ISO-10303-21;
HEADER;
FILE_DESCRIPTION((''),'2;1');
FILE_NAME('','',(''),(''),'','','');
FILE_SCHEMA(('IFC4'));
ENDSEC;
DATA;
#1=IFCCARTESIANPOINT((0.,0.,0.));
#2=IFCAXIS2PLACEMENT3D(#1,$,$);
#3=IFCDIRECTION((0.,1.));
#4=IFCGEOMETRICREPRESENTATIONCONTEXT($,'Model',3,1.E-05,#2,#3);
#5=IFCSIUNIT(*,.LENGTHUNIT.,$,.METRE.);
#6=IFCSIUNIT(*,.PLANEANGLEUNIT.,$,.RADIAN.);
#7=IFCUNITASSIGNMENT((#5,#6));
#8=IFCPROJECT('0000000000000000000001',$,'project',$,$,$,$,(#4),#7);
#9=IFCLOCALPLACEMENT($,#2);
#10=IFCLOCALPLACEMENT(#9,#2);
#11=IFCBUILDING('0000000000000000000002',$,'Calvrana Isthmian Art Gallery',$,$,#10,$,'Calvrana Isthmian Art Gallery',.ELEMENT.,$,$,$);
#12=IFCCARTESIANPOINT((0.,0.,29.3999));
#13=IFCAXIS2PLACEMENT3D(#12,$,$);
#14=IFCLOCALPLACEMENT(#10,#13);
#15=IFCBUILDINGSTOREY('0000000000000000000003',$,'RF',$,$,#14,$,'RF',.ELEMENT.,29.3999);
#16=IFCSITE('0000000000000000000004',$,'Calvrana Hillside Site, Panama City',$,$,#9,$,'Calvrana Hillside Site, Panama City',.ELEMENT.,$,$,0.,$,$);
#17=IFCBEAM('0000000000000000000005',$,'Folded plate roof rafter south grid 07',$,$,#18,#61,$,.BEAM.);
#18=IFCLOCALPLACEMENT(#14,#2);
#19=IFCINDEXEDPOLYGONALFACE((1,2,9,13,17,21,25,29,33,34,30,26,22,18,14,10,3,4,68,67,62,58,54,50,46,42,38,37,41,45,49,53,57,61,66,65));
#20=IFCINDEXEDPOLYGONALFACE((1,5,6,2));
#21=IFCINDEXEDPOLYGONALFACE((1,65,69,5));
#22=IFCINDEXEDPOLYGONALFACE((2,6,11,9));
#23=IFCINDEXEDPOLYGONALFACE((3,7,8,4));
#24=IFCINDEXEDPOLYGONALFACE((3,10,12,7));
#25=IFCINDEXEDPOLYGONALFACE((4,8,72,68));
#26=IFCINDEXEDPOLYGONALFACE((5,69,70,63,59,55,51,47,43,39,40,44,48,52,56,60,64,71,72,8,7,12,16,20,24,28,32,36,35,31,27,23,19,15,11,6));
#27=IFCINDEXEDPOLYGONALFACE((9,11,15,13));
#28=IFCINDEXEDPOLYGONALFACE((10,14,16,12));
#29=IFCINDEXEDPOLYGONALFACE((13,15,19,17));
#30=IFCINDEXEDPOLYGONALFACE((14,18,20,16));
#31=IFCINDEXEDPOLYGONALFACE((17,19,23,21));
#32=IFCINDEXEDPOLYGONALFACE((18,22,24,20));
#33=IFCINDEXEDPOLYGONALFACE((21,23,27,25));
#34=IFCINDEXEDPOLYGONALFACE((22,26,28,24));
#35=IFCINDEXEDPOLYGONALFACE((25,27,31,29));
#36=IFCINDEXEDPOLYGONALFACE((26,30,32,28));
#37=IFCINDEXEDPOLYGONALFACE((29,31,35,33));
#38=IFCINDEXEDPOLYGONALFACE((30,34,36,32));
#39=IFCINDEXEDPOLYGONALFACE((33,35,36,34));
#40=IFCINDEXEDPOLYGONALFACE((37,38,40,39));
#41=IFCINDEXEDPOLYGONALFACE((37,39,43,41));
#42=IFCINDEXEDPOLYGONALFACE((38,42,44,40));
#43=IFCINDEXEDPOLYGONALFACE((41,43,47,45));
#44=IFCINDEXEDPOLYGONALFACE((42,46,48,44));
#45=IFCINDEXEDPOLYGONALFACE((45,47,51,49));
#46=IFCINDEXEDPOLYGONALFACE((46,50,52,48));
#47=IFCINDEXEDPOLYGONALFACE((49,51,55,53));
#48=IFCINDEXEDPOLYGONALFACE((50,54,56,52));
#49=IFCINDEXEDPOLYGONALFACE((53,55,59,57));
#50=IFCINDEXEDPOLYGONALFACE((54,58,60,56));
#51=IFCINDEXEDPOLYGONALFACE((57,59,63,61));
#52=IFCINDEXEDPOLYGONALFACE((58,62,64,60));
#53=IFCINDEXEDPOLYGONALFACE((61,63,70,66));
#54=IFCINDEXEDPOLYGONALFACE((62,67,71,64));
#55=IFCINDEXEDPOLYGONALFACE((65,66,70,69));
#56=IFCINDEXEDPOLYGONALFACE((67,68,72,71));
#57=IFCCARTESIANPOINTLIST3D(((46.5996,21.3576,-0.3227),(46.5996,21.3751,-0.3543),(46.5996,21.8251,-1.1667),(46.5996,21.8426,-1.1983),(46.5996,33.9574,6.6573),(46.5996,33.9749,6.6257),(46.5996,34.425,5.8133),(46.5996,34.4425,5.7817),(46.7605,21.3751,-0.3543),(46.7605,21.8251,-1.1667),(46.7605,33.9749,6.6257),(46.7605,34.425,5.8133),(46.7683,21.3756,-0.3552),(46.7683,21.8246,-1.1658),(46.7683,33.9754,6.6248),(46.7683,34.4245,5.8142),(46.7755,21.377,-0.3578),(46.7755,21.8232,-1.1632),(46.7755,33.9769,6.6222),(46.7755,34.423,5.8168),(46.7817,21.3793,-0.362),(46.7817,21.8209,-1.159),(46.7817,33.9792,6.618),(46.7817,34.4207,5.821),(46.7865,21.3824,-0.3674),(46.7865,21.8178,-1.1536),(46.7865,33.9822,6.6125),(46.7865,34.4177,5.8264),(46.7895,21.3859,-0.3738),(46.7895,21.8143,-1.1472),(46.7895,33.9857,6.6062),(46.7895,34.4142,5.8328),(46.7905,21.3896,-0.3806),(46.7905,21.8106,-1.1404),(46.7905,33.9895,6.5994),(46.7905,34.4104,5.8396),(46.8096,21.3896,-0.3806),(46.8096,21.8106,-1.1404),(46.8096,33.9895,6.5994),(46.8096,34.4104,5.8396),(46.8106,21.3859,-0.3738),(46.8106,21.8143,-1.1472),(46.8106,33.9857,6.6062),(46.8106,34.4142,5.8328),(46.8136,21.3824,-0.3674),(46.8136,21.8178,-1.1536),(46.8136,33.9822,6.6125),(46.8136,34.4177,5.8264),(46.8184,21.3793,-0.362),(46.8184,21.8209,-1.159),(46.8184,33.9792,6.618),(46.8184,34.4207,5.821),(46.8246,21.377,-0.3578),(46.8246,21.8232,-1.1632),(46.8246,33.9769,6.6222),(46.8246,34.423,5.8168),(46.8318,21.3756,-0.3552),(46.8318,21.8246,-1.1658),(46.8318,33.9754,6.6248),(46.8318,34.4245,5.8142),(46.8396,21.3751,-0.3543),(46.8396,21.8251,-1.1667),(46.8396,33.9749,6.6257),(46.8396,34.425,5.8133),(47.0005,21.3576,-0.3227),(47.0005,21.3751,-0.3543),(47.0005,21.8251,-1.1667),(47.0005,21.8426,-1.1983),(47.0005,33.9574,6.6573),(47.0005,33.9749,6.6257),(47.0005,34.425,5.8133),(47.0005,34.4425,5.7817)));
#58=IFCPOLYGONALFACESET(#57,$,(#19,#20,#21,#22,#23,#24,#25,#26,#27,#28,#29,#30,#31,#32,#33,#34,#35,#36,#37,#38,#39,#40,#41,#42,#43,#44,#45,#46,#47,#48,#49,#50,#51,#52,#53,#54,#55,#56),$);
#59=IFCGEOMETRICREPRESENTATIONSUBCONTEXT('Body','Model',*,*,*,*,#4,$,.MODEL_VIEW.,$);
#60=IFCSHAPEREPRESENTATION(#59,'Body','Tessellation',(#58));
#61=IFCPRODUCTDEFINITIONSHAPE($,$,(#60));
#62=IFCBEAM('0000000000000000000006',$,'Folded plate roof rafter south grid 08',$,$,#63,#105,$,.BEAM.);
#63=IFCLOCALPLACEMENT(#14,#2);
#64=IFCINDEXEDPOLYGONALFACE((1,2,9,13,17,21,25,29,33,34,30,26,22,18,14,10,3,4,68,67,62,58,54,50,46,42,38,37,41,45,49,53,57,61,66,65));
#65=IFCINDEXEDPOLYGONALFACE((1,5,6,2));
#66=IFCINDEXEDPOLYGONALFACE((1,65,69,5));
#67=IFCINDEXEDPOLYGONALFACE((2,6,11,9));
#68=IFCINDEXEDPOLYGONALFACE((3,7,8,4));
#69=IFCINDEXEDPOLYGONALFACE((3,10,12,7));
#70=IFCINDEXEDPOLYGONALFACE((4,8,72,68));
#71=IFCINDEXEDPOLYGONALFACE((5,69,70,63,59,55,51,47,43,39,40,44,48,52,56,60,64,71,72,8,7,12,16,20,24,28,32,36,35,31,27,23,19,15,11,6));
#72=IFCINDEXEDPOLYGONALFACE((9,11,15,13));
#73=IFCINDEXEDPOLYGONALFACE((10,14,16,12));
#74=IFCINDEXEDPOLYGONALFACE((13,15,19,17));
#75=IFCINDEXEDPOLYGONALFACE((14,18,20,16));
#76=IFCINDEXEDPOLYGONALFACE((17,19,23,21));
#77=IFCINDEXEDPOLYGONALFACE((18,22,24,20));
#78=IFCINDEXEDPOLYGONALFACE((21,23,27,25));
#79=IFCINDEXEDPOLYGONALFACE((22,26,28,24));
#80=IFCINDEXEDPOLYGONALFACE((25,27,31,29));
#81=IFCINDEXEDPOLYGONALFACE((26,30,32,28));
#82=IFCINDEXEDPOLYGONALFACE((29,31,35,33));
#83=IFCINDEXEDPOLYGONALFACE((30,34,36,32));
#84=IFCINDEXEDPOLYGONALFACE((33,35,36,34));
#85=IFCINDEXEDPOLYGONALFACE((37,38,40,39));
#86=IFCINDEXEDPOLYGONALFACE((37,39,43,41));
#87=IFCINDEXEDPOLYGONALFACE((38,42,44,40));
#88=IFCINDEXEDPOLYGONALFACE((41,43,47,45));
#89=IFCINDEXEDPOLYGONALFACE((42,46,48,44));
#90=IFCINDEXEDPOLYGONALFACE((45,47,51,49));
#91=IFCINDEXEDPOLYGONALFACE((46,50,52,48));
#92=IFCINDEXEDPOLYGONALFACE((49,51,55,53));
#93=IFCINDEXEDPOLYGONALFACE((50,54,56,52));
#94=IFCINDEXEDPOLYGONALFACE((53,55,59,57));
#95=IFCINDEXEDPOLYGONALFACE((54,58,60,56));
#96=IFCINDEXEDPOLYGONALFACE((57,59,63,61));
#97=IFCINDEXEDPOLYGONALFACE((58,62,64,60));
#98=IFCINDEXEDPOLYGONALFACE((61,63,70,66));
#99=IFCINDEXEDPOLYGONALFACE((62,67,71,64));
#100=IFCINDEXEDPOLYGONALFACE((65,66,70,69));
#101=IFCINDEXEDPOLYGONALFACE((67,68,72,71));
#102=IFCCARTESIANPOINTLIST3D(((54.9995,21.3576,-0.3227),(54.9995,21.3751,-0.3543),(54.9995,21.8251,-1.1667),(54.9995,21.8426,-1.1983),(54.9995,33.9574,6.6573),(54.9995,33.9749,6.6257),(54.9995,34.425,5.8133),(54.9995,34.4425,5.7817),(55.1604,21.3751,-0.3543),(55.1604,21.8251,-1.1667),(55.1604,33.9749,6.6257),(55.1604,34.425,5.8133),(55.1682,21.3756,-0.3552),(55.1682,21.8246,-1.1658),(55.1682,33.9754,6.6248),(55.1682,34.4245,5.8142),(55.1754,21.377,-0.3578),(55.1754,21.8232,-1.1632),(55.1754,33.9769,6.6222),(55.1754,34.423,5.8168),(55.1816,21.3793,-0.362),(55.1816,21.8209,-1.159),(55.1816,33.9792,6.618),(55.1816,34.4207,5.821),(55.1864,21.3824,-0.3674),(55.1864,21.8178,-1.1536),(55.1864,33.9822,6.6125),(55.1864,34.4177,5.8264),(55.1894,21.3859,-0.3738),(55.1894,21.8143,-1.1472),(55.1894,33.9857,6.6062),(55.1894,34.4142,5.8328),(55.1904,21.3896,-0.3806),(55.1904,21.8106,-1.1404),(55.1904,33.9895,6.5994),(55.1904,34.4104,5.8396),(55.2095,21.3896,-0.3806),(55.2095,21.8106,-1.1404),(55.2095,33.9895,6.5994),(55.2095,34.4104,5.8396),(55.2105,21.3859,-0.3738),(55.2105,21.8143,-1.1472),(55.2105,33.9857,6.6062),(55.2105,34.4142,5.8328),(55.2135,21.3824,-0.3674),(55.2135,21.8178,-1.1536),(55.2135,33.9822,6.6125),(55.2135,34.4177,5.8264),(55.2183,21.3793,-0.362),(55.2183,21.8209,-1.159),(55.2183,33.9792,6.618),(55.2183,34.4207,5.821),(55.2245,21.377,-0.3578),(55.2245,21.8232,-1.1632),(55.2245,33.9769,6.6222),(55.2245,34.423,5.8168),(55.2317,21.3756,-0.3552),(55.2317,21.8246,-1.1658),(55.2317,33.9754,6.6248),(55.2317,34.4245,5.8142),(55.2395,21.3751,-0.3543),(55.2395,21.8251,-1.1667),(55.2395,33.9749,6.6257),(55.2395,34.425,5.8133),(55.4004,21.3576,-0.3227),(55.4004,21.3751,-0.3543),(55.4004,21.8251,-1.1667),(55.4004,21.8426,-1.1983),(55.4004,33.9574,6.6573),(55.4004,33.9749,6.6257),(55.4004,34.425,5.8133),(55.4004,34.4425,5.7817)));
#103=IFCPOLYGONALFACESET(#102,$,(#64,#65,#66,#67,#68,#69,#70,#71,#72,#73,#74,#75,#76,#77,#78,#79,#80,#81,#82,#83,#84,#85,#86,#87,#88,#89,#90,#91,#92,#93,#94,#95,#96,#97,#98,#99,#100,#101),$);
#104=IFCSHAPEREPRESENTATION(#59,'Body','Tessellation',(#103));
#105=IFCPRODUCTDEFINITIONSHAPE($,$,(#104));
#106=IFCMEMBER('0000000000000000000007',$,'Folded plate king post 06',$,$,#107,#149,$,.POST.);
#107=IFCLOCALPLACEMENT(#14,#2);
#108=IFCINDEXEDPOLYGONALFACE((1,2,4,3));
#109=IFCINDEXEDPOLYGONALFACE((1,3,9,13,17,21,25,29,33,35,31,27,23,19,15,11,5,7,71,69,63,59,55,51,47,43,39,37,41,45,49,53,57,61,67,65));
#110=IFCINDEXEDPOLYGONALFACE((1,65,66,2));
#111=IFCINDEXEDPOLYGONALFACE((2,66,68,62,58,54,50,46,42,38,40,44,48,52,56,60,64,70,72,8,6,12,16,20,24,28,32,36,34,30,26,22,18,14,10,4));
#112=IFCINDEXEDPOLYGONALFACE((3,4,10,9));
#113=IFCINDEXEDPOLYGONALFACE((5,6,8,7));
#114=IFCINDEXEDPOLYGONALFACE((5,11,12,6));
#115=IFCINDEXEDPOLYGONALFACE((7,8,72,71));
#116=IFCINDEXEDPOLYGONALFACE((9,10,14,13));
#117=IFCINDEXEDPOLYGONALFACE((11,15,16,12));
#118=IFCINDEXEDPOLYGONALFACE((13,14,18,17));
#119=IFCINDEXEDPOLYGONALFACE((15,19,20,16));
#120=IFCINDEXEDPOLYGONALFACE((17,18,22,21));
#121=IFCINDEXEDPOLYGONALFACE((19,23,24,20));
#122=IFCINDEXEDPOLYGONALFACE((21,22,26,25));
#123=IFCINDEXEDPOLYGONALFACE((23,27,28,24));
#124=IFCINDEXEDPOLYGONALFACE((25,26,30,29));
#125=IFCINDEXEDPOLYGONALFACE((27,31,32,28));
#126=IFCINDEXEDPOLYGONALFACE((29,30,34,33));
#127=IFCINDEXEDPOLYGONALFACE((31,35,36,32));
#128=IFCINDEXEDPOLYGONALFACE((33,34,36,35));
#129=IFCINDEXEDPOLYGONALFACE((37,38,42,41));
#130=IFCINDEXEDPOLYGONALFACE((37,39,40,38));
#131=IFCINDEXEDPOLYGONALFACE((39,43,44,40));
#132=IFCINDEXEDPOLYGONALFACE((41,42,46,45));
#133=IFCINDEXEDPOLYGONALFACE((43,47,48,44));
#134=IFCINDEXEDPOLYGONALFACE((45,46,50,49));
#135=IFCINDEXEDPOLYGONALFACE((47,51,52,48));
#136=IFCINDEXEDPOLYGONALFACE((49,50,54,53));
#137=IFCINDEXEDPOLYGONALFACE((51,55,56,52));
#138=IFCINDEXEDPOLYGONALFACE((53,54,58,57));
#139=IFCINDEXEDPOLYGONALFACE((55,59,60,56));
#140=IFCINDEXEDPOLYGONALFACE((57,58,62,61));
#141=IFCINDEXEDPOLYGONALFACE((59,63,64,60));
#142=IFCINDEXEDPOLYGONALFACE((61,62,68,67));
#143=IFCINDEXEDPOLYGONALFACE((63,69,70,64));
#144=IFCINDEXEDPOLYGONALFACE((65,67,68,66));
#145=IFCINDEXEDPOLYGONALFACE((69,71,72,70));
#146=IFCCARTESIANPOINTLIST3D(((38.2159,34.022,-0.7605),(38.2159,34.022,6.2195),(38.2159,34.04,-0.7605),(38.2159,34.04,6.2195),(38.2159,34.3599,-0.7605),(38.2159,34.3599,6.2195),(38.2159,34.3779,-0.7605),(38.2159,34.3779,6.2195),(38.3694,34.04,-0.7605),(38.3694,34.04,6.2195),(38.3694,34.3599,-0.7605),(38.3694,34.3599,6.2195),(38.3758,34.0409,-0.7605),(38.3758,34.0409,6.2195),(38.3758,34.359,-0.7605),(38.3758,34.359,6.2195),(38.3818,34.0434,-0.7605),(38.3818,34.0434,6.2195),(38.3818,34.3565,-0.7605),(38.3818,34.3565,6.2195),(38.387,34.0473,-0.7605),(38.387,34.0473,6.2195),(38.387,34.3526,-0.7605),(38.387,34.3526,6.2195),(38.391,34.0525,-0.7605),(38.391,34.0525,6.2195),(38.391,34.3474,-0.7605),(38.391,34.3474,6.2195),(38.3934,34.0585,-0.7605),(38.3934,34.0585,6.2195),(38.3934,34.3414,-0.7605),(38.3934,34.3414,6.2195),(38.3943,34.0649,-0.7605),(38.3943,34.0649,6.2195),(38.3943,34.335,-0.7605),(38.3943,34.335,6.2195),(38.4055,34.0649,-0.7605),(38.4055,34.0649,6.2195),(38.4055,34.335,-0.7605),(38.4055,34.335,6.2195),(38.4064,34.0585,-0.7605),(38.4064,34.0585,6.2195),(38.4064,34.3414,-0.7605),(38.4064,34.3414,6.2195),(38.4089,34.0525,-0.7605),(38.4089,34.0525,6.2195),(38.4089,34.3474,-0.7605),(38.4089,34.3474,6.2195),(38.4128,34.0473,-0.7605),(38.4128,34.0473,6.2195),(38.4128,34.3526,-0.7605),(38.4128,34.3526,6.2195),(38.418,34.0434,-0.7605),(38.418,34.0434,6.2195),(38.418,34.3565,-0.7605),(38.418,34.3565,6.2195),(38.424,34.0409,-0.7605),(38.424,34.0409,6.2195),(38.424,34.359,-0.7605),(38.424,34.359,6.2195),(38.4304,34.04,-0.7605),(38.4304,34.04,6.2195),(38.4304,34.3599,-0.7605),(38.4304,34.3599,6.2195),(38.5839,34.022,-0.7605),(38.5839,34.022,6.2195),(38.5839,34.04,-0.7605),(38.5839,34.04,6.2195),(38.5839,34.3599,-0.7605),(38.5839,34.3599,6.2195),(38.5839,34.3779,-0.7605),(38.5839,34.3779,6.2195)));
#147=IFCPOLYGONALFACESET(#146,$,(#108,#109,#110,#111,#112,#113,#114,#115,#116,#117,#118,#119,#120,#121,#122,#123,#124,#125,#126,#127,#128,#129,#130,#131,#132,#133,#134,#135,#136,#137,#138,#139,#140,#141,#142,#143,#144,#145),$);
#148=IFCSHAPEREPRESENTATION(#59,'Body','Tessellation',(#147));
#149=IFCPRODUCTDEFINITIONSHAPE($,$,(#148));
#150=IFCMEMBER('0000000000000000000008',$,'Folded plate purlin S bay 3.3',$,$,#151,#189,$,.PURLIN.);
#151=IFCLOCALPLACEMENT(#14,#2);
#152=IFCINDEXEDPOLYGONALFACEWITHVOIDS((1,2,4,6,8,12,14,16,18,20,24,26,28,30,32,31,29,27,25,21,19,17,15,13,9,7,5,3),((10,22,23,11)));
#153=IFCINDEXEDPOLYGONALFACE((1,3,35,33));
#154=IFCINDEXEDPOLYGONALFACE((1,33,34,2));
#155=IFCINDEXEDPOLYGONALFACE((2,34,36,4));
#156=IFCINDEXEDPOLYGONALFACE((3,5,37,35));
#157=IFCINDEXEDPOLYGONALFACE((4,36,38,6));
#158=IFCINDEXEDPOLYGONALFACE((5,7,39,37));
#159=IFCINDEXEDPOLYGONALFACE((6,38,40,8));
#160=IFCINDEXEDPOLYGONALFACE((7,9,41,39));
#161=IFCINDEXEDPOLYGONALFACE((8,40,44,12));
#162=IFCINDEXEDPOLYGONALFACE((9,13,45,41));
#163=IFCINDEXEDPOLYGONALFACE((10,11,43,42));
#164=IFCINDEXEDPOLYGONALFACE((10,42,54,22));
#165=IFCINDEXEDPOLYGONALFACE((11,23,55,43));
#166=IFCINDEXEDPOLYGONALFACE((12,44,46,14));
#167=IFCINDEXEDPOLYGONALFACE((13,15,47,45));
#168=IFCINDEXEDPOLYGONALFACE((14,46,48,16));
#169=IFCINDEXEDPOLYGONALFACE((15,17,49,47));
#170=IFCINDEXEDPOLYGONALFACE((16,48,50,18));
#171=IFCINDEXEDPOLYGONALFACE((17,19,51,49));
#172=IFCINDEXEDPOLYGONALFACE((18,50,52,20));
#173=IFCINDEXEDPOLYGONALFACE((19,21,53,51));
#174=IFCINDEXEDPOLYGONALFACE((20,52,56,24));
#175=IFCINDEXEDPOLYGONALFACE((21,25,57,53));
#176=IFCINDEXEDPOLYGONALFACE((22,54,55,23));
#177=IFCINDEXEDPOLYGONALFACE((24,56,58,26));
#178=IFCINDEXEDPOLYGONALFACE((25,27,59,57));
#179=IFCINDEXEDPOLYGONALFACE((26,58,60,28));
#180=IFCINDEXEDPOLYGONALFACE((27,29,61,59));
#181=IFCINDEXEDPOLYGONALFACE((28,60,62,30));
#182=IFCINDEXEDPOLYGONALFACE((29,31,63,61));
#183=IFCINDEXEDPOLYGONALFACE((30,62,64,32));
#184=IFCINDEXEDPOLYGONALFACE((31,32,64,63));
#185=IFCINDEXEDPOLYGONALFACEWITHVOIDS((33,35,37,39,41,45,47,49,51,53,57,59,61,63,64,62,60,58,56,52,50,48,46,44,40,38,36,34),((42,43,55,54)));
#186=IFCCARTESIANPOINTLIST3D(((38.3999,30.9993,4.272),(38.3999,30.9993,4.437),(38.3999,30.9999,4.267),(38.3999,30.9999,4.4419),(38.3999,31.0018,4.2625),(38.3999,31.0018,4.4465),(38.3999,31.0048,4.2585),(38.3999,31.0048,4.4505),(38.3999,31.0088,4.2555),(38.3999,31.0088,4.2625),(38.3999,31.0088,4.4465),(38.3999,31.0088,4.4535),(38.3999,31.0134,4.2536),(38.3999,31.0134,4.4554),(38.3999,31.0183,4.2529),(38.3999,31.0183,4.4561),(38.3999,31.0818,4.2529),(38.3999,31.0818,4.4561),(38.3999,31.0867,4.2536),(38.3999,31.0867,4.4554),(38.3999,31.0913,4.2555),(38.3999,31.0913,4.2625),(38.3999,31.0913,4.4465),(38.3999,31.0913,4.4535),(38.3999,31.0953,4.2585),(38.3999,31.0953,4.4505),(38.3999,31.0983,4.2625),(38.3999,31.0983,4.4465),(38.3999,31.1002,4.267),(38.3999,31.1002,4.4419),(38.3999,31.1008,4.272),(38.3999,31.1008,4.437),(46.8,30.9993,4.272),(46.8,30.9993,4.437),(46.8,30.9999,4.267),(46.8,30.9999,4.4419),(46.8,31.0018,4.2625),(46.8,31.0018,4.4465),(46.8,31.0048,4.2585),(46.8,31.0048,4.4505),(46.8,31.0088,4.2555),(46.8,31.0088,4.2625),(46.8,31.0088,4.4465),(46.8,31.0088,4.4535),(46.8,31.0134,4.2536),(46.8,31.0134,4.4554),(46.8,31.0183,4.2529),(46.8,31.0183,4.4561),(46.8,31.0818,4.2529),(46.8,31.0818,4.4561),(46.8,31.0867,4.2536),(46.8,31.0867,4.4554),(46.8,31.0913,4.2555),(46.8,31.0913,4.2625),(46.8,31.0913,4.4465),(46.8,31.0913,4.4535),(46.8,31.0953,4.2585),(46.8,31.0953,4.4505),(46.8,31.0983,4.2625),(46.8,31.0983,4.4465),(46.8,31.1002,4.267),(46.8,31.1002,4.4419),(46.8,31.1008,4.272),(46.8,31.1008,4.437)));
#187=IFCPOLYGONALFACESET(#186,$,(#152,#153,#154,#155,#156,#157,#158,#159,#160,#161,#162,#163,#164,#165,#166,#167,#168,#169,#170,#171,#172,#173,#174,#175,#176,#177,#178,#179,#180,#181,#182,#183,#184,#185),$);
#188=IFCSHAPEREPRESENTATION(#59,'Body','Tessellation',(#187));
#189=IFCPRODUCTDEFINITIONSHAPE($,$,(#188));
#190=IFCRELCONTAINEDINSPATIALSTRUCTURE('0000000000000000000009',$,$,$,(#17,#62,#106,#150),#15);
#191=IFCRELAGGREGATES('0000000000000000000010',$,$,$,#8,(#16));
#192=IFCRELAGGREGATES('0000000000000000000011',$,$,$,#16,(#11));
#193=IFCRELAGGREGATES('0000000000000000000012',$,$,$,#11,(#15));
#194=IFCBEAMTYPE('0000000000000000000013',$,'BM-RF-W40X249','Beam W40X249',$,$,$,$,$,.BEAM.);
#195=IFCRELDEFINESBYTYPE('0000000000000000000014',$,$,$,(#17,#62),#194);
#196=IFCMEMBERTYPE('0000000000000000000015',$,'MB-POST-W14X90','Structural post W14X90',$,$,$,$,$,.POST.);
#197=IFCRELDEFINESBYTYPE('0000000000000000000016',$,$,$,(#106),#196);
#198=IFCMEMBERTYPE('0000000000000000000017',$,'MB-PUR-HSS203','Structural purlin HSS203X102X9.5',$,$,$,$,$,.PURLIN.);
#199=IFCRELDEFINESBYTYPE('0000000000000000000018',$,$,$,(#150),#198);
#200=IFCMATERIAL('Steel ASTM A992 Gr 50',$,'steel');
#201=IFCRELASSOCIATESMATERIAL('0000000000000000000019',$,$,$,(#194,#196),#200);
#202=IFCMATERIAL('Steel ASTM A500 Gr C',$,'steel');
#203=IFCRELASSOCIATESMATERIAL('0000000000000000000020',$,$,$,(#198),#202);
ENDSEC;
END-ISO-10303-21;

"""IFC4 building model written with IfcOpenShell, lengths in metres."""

from ifc_helpers import new_model, si_unit, direction, frame, origin, origin_2d, place, context, subcontext, project, spatial, hollow_rectangle, i_section, extrude, material, material_profile, profile_set, type_object, element, save


model = new_model("IFC4")

# Units and contexts
model_context = context("Model", 3, precision=1e-05, world=origin(), true_north=direction((0.0, 1.0)))
body_context = subcontext(model_context, "Body", "Model", "MODEL_VIEW")
ifc_project = project(units=[si_unit("LENGTHUNIT", "METRE"), si_unit("PLANEANGLEUNIT", "RADIAN")], contexts=[model_context])

# Site, building, storey
site_placement = place(None, origin())
site = spatial("IfcSite", under=ifc_project, at=site_placement, Name="Calvrana Hillside Site, Panama City", LongName="Calvrana Hillside Site, Panama City", CompositionType="ELEMENT", RefElevation=0.0)
building_placement = place(site_placement, origin())
building = spatial("IfcBuilding", under=site, at=building_placement, Name="Calvrana Isthmian Art Gallery", LongName="Calvrana Isthmian Art Gallery", CompositionType="ELEMENT")
storey_placement = place(building_placement, frame((0.0, 0.0, 29.3999)))
storey = spatial("IfcBuildingStorey", under=building, at=storey_placement, Name="RF", LongName="RF", CompositionType="ELEMENT", Elevation=29.3999)

# Beams
ifc_material_1 = material(Name="Steel ASTM A992 Gr 50", Category="steel")
ifc_material_profile_1 = material_profile(ifc_material_1, i_section(OverallWidth=0.4009, OverallDepth=1.001, WebThickness=0.019, FlangeThickness=0.0361, FilletRadius=0.03, at=origin_2d()), Name="W40X249")
ifc_profile_set_1 = profile_set([ifc_material_profile_1], Name="Steel ASTM A992 Gr 50")
beam_type_1 = type_object("IfcBeamType", Name="BM-RF-W40X249", Description="Beam W40X249", PredefinedType="BEAM", material=ifc_profile_set_1)
for number, where, z_axis, x_axis, name in (
    (1, (46.8, 21.6001, -0.7605), (0.0, 0.874744, 0.484585), (-1.0, 0.0, 0.0), "Folded plate roof rafter south grid 07"),
    (2, (55.2, 21.6001, -0.7605), (0.0, 0.874744, 0.484585), (-1.0, 0.0, 0.0), "Folded plate roof rafter south grid 08"),
):
    element("IfcBeam", number, at=place(storey_placement, frame(where, z_axis=z_axis, x_axis=x_axis)), inside=storey, type_object=beam_type_1, Name=name, PredefinedType="BEAM", context=body_context, shape_type="SweptSolid", body=[
        extrude(i_section(OverallWidth=0.4009, OverallDepth=1.001, WebThickness=0.019, FlangeThickness=0.0361, FilletRadius=0.03, at=origin_2d()), origin(), (0.0, 0.0, 1.0), 14.4041),
    ])

# Members
ifc_material_profile_2 = material_profile(ifc_material_1, i_section(OverallWidth=0.3679, OverallDepth=0.356, WebThickness=0.0112, FlangeThickness=0.0181, FilletRadius=0.0249, at=origin_2d()), Name="W14X90")
ifc_profile_set_2 = profile_set([ifc_material_profile_2], Name="Steel ASTM A992 Gr 50")
member_type_1 = type_object("IfcMemberType", Name="MB-POST-W14X90", Description="Structural post W14X90", PredefinedType="POST", material=ifc_profile_set_2)
member_1_placement = place(storey_placement, frame((38.3999, 34.2, -0.7605), z_axis=(0.0, 0.0, 1.0), x_axis=(1.0, 0.0, 0.0)))
element("IfcMember", 3, at=member_1_placement, inside=storey, type_object=member_type_1, Name="Folded plate king post 06", PredefinedType="POST", context=body_context, shape_type="SweptSolid", body=[
    extrude(i_section(OverallWidth=0.3679, OverallDepth=0.356, WebThickness=0.0112, FlangeThickness=0.0181, FilletRadius=0.0249, at=origin_2d()), origin(), (0.0, 0.0, 1.0), 6.98),
])
ifc_material_2 = material(Name="Steel ASTM A500 Gr C", Category="steel")
ifc_material_profile_3 = material_profile(ifc_material_2, hollow_rectangle(XDim=0.1016, YDim=0.2031, WallThickness=0.0095, OuterFilletRadius=0.019, at=origin_2d()), Name="HSS203X102X9.5")
ifc_profile_set_3 = profile_set([ifc_material_profile_3], Name="Steel ASTM A500 Gr C")
member_type_2 = type_object("IfcMemberType", Name="MB-PUR-HSS203", Description="Structural purlin HSS203X102X9.5", PredefinedType="PURLIN", material=ifc_profile_set_3)
member_2_placement = place(storey_placement, frame((38.3999, 31.05, 4.3545), z_axis=(1.0, 0.0, 0.0), x_axis=(0.0, 1.0, 0.0)))
element("IfcMember", 4, at=member_2_placement, inside=storey, type_object=member_type_2, Name="Folded plate purlin S bay 3.3", PredefinedType="PURLIN", context=body_context, shape_type="SweptSolid", body=[
    extrude(hollow_rectangle(XDim=0.1016, YDim=0.2031, WallThickness=0.0095, OuterFilletRadius=0.019, at=origin_2d()), origin(), (0.0, 0.0, 1.0), 8.4001),
])

save(model, "model.ifc")
